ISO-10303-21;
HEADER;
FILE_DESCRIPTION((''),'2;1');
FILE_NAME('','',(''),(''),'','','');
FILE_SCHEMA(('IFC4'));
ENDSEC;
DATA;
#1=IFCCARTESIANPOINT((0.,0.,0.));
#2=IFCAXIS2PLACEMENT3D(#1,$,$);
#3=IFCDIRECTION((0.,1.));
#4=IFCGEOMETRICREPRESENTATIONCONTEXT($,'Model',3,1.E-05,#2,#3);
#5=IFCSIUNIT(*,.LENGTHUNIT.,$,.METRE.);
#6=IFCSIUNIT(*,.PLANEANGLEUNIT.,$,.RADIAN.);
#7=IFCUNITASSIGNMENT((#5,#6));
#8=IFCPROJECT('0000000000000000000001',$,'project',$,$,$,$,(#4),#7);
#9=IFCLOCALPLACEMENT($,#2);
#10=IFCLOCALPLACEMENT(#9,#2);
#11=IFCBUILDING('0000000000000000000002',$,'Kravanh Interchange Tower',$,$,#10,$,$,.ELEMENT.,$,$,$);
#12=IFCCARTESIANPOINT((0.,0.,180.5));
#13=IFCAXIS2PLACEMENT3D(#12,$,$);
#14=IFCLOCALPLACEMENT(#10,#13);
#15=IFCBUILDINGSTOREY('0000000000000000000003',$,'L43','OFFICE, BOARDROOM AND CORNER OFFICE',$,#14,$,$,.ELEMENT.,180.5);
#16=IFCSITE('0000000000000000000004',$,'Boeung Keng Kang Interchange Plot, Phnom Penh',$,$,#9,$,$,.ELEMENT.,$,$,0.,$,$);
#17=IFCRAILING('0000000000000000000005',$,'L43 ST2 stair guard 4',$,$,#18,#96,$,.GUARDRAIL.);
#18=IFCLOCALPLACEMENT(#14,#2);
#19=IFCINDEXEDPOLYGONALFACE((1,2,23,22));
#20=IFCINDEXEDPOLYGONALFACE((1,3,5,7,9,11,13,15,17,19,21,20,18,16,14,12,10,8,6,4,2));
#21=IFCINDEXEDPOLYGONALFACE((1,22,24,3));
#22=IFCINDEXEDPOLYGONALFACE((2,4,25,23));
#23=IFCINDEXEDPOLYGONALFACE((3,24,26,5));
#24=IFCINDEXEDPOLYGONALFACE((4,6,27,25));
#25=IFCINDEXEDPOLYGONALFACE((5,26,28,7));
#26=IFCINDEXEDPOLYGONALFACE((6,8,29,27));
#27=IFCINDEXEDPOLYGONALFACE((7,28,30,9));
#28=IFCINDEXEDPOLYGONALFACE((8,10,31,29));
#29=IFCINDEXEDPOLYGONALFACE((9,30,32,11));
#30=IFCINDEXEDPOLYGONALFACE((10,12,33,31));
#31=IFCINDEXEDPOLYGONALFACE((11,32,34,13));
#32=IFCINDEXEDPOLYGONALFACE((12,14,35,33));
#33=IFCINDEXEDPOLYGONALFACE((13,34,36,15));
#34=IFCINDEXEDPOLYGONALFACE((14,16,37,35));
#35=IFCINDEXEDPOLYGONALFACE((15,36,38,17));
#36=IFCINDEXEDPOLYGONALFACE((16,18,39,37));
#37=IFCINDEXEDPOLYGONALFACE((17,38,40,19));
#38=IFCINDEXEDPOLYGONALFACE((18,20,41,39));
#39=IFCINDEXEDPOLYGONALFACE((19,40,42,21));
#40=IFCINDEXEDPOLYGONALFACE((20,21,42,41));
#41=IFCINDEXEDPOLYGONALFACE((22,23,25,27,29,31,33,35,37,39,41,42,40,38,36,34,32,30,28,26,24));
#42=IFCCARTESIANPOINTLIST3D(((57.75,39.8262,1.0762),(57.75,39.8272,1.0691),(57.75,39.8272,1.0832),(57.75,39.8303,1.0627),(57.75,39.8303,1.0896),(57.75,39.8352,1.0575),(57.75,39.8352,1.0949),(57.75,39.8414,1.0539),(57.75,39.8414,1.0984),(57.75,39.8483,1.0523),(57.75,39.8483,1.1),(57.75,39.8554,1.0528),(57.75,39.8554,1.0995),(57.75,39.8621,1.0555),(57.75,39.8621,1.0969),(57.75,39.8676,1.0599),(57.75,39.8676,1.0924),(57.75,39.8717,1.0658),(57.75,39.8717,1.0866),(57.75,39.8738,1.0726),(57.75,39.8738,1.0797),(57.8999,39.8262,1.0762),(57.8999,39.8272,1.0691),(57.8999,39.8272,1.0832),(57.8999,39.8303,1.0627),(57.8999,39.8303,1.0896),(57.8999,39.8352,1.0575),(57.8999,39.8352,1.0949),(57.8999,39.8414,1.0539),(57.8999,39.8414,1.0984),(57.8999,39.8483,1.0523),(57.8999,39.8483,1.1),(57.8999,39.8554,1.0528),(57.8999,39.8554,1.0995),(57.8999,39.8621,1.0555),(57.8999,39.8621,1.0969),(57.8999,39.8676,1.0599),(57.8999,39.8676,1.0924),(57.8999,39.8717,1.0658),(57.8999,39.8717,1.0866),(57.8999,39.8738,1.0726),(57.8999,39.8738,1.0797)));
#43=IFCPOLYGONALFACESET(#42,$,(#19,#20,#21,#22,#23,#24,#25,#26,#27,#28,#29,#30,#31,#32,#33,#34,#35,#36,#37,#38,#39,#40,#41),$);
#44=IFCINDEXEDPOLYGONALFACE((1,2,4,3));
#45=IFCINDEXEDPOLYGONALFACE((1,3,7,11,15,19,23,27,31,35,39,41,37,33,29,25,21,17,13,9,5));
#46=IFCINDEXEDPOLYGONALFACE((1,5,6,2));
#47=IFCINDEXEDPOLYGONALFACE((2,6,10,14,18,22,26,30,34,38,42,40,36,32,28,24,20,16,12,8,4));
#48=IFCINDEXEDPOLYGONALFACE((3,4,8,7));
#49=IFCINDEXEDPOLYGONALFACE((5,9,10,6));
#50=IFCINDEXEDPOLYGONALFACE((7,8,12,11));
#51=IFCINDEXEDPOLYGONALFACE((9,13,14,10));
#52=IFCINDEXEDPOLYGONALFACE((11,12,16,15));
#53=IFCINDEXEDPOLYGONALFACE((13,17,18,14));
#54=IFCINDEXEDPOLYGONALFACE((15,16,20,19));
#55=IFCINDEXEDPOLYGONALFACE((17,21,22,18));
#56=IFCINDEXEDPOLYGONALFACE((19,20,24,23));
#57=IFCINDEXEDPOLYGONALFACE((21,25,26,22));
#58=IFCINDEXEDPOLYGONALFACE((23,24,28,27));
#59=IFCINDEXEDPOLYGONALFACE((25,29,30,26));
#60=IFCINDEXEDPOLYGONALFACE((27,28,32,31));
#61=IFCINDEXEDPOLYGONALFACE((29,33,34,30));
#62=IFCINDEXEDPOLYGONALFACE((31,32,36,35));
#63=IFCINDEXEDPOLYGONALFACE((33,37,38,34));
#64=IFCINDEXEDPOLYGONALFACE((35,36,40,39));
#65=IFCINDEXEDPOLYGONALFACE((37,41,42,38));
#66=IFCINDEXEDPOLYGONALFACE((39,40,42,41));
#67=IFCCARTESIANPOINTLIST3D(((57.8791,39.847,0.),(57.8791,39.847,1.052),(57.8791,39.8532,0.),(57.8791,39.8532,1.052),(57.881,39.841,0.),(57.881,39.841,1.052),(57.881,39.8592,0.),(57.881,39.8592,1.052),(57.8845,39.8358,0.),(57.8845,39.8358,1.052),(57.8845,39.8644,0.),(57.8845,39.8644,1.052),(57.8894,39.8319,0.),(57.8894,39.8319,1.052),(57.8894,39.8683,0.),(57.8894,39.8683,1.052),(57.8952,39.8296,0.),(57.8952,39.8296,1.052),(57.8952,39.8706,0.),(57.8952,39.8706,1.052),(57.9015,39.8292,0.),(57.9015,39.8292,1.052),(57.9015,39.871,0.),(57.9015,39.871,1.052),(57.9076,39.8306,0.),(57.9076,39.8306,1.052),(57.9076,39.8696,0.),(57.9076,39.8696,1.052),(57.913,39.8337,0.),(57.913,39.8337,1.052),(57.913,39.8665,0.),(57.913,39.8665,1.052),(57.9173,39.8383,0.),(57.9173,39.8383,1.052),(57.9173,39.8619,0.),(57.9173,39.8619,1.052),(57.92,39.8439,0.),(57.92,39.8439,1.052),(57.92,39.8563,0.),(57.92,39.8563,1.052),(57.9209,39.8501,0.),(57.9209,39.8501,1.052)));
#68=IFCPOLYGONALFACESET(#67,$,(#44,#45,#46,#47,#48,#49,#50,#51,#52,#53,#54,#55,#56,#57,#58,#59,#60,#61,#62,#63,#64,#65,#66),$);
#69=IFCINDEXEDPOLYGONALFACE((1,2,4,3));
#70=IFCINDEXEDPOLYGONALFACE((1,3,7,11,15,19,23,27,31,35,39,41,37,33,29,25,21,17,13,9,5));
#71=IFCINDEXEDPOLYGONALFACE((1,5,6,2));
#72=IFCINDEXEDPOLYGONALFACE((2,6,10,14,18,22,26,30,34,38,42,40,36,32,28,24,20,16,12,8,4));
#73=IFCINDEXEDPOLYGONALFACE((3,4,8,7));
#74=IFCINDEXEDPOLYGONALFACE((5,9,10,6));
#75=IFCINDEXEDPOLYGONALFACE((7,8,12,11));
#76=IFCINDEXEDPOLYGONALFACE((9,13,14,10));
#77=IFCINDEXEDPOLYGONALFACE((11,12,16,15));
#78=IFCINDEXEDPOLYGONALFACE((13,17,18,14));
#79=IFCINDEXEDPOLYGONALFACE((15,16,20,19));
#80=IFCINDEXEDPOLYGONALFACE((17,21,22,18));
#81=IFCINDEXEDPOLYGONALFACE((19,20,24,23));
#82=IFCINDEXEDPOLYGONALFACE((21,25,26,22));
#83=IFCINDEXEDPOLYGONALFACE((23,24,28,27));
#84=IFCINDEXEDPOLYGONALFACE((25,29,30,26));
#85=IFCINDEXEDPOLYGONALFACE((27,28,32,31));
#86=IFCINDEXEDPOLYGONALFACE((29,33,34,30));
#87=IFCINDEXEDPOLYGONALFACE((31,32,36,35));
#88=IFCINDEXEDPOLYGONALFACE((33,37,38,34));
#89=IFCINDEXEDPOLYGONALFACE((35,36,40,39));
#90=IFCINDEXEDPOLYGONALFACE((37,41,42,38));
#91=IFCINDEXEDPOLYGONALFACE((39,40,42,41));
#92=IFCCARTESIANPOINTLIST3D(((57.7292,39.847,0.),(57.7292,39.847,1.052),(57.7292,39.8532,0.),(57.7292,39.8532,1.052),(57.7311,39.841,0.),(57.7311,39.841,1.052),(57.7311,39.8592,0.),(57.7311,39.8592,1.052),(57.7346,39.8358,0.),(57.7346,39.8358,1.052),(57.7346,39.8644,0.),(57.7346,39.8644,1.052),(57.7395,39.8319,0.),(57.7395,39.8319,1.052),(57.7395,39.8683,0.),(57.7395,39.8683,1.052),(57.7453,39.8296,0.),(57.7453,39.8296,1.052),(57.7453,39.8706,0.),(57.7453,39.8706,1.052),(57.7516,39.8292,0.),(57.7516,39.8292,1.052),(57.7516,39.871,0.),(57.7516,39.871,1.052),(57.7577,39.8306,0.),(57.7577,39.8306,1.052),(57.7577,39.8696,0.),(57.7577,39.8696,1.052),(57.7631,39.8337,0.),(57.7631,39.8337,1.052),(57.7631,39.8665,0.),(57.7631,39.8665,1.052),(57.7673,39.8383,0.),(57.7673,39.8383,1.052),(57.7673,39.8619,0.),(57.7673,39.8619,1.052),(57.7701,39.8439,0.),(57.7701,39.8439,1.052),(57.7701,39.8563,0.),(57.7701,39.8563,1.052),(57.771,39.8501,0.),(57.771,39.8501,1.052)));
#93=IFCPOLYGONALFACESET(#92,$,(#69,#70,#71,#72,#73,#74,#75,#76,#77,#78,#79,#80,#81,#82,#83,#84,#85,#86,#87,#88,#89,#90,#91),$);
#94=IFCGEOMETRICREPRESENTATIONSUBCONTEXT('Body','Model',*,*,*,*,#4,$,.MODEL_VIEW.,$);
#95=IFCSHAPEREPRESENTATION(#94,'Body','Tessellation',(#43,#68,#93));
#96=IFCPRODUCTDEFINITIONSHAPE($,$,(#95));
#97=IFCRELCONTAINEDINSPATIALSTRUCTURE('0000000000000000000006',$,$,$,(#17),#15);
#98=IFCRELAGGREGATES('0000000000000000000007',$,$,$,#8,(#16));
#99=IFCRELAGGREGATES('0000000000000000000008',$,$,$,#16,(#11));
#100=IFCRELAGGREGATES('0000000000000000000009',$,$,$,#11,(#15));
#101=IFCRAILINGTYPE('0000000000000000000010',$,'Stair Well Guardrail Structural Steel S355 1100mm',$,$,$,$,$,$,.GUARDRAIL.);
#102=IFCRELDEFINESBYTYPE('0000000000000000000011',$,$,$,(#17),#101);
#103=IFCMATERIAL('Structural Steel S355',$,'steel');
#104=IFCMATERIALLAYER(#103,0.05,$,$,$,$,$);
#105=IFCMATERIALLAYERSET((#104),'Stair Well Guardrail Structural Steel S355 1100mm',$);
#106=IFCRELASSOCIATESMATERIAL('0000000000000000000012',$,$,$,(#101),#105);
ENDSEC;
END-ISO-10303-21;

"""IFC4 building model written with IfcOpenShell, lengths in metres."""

from ifc_helpers import new_model, si_unit, direction, frame, origin, origin_2d, place, context, subcontext, project, spatial, circle, extrude, material, layer, layer_set, type_object, element, save


model = new_model("IFC4")

# Units and contexts
model_context = context("Model", 3, precision=1e-05, world=origin(), true_north=direction((0.0, 1.0)))
body_context = subcontext(model_context, "Body", "Model", "MODEL_VIEW")
ifc_project = project(units=[si_unit("LENGTHUNIT", "METRE"), si_unit("PLANEANGLEUNIT", "RADIAN")], contexts=[model_context])

# Site, building, storey
site_placement = place(None, origin())
site = spatial("IfcSite", under=ifc_project, at=site_placement, Name="Boeung Keng Kang Interchange Plot, Phnom Penh", CompositionType="ELEMENT", RefElevation=0.0)
building_placement = place(site_placement, origin())
building = spatial("IfcBuilding", under=site, at=building_placement, Name="Kravanh Interchange Tower", CompositionType="ELEMENT")
storey_placement = place(building_placement, frame((0.0, 0.0, 180.5)))
storey = spatial("IfcBuildingStorey", under=building, at=storey_placement, Name="L43", Description="OFFICE, BOARDROOM AND CORNER OFFICE", CompositionType="ELEMENT", Elevation=180.5)

# Railing
ifc_material_1 = material(Name="Structural Steel S355", Category="steel")
ifc_layer_1 = layer(ifc_material_1, 0.05)
ifc_layer_set_1 = layer_set([ifc_layer_1], Name="Stair Well Guardrail Structural Steel S355 1100mm")
railing_type_1 = type_object("IfcRailingType", Name="Stair Well Guardrail Structural Steel S355 1100mm", PredefinedType="GUARDRAIL", material=ifc_layer_set_1)
for number, where, name in (
    (1, (57.8999, 39.8501, 0.0), "L43 ST2 stair guard 4"),
):
    element("IfcRailing", number, at=place(storey_placement, frame(where)), inside=storey, type_object=railing_type_1, Name=name, PredefinedType="GUARDRAIL", context=body_context, shape_type="SweptSolid", body=[
        extrude(circle(Radius=0.0239, at=origin_2d()), frame((0.0, 0.0, 1.0762), z_axis=(-1.0, 0.0, 0.0), x_axis=(0.0, -1.0, 0.0)), (0.0, 0.0, 1.0), 0.1499),
        extrude(circle(Radius=0.021, at=origin_2d()), origin(), (0.0, 0.0, 1.0), 1.052),
        extrude(circle(Radius=0.021, at=origin_2d()), frame((-0.1499, 0.0, 0.0)), (0.0, 0.0, 1.0), 1.052),
    ])

save(model, "model.ifc")
